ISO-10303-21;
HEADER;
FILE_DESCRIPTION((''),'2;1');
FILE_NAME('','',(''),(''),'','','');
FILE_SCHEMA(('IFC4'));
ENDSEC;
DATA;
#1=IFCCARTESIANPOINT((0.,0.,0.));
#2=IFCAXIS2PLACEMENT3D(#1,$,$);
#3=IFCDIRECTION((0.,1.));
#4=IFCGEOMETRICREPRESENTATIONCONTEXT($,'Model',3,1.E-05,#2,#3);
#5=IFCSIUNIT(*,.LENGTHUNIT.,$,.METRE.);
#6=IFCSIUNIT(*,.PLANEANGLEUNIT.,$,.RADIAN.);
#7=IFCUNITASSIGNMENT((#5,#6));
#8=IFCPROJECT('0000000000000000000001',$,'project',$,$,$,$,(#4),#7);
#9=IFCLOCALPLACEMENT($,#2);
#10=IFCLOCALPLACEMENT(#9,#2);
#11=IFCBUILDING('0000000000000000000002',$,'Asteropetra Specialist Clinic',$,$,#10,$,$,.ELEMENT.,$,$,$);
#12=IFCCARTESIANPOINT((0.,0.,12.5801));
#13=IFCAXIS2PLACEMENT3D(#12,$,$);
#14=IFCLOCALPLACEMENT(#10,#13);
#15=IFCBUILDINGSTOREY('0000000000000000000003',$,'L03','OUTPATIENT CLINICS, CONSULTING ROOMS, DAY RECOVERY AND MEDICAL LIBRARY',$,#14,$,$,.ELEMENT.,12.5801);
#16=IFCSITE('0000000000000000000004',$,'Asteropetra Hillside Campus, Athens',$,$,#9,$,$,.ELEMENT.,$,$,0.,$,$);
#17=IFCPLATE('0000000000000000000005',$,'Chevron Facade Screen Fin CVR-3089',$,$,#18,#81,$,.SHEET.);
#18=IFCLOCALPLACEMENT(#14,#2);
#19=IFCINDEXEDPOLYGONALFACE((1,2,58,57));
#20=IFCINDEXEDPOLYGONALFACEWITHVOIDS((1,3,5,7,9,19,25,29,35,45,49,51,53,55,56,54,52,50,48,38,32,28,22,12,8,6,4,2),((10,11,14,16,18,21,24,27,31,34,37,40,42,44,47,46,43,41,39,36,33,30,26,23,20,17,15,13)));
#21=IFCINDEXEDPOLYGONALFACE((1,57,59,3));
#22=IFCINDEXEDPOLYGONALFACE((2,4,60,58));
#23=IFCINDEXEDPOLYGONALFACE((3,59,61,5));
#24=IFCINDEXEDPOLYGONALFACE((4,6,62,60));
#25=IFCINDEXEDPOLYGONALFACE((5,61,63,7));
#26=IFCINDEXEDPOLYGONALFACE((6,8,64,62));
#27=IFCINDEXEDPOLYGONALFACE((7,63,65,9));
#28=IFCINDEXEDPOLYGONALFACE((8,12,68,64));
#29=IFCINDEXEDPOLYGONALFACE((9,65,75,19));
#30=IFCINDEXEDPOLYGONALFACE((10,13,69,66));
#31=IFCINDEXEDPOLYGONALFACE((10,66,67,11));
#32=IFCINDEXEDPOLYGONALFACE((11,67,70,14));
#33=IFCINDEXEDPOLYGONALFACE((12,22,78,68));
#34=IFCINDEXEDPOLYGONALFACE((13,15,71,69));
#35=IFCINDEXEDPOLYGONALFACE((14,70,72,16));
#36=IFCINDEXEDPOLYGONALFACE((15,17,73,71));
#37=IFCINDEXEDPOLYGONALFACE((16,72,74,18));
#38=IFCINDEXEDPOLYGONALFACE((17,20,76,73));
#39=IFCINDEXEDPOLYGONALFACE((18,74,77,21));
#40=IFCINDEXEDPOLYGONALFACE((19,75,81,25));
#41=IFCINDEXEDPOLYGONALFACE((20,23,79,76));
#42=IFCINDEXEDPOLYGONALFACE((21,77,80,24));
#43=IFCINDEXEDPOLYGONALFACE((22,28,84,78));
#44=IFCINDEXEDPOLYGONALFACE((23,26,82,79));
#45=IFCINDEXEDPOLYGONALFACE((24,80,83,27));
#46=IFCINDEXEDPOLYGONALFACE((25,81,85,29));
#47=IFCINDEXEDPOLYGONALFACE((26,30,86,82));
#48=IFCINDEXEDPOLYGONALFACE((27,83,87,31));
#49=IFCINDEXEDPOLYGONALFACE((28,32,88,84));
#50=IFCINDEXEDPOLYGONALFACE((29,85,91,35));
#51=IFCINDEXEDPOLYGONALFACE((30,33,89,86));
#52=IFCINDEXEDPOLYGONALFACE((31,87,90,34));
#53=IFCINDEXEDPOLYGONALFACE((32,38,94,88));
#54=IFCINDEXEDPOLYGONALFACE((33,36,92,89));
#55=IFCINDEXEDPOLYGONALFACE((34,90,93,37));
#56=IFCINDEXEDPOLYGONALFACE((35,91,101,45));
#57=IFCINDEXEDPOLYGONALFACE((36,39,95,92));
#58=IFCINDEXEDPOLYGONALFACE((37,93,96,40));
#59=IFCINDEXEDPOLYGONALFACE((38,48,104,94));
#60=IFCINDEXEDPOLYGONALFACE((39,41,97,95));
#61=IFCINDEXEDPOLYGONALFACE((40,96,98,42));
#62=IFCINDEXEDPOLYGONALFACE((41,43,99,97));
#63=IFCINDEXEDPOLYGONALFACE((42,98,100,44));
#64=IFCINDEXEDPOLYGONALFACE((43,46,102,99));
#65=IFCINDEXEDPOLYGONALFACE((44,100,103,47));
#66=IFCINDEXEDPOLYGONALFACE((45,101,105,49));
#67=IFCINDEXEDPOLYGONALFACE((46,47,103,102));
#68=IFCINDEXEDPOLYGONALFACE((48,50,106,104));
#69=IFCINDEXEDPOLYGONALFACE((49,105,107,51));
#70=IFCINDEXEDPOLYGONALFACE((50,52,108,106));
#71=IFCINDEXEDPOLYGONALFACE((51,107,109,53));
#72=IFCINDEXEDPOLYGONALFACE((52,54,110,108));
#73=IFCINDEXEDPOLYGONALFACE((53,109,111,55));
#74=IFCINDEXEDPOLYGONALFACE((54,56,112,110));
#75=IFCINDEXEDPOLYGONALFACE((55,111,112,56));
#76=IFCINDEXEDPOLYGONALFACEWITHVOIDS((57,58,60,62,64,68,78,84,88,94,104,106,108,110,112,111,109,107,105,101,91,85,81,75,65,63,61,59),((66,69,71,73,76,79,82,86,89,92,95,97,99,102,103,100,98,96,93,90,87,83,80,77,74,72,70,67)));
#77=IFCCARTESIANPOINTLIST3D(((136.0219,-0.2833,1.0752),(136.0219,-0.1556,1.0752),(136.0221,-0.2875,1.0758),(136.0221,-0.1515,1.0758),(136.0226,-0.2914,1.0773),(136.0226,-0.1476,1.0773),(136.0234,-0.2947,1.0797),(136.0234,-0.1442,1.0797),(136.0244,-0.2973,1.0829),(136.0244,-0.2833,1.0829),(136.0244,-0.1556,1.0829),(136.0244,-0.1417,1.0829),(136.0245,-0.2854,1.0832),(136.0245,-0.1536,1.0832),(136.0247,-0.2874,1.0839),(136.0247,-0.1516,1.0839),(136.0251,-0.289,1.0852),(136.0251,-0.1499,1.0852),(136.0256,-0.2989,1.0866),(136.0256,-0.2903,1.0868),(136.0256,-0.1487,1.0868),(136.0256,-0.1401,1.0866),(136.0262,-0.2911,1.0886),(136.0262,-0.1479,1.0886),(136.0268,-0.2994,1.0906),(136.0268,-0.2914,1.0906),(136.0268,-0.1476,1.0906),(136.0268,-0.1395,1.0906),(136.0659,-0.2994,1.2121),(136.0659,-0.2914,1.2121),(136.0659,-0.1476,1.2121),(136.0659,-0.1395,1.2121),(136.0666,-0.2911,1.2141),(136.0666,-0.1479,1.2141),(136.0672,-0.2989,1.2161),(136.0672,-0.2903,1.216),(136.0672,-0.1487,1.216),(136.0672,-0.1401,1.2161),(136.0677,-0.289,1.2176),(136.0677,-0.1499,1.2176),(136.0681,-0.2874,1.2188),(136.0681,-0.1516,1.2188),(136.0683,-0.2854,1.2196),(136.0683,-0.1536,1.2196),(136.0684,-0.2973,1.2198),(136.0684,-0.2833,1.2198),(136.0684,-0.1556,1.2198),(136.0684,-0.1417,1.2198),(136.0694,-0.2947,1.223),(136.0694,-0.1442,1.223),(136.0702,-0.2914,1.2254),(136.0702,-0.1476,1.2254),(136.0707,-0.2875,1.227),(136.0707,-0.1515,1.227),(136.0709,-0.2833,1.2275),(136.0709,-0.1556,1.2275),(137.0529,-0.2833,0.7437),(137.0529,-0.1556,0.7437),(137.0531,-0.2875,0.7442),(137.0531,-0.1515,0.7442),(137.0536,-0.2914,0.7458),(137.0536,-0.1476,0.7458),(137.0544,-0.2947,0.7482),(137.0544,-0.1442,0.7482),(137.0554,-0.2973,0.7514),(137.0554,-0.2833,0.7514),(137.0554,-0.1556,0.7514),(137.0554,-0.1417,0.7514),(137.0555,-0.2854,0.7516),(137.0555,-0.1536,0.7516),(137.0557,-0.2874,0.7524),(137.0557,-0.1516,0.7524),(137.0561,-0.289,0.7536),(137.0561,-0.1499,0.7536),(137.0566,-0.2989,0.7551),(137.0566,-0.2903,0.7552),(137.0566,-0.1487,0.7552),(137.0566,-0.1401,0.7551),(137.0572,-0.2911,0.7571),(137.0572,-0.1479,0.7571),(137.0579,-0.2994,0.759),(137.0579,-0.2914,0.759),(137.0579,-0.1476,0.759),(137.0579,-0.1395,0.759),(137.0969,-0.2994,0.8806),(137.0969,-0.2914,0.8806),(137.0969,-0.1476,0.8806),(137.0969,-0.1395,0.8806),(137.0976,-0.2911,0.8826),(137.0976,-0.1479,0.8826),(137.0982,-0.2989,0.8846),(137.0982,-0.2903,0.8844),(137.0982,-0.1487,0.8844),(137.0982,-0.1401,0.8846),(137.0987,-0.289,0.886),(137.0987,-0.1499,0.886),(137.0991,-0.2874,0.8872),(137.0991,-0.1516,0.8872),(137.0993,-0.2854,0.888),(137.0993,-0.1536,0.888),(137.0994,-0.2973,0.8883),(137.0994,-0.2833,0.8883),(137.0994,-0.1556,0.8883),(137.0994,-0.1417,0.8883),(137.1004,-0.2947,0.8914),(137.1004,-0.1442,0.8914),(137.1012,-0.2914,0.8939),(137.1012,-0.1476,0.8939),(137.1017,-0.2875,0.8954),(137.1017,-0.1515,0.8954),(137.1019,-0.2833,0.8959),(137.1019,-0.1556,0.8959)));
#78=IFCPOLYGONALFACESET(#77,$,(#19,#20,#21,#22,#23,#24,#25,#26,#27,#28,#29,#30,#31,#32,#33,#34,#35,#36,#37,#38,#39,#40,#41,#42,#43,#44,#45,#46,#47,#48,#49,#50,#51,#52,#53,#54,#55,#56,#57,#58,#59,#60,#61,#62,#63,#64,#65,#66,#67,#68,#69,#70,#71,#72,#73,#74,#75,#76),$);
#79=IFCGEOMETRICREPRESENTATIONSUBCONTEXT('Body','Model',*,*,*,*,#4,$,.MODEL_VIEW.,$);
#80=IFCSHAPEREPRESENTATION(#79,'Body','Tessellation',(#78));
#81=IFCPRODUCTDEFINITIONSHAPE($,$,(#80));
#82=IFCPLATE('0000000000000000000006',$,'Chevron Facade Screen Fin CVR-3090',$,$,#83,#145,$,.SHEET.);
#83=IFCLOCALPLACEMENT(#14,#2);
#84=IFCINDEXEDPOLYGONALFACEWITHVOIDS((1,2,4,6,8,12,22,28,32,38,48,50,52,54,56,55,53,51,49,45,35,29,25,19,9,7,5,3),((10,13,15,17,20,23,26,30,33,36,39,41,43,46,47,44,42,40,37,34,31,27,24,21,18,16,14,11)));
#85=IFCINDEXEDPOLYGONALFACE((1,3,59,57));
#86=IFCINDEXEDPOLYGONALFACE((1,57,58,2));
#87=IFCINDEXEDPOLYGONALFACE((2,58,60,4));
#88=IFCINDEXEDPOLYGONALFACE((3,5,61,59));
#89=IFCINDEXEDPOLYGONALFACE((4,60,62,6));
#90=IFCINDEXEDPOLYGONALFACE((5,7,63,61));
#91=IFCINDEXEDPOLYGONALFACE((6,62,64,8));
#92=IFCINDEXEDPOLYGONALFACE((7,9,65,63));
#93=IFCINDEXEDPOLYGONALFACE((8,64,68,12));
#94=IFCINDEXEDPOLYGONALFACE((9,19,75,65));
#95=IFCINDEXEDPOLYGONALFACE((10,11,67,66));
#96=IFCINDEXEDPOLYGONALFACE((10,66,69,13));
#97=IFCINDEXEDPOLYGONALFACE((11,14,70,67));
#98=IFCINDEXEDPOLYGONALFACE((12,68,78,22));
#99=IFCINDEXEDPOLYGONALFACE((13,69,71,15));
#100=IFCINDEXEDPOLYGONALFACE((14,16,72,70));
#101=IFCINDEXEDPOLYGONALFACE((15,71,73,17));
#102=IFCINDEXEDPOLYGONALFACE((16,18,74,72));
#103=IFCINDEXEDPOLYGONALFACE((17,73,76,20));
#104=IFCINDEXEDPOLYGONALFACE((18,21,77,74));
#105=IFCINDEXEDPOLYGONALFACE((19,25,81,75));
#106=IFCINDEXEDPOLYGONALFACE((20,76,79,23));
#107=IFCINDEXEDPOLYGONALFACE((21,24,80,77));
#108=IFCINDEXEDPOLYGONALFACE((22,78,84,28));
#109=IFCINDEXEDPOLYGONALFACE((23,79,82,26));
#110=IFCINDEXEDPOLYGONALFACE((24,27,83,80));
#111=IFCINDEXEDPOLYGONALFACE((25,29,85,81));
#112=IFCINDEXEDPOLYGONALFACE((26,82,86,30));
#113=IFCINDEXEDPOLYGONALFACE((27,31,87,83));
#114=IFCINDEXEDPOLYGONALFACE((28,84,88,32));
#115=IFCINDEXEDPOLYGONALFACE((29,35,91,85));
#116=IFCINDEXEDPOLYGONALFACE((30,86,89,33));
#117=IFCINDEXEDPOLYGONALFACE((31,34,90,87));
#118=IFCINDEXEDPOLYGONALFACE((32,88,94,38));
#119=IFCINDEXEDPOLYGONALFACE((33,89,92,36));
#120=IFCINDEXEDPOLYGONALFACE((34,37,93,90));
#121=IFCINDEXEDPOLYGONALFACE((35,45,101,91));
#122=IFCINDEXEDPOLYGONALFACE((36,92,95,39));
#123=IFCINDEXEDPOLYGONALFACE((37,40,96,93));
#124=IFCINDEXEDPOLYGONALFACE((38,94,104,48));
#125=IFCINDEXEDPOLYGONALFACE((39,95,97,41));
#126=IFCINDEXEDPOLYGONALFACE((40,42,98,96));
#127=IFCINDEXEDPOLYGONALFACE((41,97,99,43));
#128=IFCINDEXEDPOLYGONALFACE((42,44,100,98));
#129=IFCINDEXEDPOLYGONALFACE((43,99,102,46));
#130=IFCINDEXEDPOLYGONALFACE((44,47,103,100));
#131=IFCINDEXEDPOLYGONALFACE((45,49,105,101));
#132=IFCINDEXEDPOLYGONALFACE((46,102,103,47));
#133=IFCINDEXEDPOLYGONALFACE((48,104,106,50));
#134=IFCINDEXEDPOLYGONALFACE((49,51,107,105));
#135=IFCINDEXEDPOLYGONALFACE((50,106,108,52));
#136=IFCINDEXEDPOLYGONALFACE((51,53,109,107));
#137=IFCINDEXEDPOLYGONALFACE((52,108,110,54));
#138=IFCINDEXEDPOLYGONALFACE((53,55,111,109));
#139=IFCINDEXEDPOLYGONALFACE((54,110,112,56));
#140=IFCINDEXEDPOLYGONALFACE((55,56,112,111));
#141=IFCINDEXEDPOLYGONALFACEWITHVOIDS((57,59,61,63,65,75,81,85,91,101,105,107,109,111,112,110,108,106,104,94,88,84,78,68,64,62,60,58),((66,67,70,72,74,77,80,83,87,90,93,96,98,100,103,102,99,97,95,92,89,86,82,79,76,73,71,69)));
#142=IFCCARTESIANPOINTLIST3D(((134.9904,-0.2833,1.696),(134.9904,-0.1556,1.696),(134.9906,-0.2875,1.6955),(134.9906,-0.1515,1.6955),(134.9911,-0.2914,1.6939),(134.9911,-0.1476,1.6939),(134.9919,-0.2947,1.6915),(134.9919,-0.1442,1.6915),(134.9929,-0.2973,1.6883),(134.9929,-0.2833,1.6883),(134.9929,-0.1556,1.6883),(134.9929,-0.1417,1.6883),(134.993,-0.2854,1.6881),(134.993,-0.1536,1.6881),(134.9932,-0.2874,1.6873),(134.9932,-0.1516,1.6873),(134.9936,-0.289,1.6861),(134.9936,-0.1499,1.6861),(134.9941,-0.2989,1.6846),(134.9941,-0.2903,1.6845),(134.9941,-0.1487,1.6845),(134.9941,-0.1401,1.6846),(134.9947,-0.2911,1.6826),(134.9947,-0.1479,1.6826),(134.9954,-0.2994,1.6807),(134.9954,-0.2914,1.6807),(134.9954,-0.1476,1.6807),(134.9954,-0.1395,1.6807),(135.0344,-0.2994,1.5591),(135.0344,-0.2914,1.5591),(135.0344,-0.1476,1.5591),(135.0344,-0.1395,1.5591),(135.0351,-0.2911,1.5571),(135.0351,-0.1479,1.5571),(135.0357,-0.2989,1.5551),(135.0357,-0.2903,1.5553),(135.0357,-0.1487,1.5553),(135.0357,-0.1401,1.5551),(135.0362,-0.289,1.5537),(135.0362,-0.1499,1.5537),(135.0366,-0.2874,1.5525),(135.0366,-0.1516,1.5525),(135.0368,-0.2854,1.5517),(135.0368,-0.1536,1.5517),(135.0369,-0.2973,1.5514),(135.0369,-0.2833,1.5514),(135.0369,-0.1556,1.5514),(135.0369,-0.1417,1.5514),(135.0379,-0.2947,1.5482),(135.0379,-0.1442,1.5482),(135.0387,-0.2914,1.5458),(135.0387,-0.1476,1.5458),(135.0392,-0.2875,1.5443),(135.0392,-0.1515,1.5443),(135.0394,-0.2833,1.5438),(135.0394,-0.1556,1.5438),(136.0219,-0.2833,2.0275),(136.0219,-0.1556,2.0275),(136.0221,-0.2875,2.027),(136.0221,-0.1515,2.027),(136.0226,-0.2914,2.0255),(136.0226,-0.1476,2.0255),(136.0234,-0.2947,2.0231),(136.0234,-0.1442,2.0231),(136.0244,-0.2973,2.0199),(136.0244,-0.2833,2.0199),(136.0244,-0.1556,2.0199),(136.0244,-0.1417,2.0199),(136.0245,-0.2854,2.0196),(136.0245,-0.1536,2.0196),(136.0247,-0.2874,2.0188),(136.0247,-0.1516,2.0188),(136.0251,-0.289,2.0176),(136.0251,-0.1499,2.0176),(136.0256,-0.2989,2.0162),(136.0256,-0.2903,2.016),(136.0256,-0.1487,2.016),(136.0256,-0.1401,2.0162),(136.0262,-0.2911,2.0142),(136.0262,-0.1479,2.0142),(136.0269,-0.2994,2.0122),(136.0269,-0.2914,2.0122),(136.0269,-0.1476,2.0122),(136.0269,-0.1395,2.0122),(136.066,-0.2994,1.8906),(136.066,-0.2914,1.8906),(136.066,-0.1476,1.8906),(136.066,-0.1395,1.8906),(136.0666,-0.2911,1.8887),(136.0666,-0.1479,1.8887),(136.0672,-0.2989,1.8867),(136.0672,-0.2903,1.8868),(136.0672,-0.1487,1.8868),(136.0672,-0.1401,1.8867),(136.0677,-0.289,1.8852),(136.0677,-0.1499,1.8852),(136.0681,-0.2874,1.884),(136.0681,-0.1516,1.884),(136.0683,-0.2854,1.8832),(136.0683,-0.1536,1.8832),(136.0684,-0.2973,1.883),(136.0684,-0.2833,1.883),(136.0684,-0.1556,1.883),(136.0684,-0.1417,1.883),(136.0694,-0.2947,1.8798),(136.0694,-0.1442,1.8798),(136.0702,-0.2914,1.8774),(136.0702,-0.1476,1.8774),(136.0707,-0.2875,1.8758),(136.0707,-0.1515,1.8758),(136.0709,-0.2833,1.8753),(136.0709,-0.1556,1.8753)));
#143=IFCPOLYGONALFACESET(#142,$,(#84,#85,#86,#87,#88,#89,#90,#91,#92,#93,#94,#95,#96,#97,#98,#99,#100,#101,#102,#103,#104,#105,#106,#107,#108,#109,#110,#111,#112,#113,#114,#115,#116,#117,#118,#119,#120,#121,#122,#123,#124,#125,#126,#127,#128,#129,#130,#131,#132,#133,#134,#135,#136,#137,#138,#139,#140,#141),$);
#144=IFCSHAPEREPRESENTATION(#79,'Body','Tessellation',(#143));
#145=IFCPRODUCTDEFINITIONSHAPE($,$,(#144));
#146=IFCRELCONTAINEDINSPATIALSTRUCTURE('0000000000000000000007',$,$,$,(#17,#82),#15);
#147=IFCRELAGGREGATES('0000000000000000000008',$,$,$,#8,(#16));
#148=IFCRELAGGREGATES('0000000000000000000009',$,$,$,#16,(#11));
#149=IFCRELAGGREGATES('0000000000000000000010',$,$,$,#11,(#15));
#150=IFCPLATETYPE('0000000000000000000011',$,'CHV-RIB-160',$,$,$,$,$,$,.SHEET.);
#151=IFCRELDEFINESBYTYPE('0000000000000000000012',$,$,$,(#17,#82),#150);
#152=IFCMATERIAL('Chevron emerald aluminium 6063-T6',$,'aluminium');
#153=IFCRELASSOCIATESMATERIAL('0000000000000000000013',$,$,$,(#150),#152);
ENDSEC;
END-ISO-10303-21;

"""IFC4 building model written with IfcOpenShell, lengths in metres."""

from ifc_helpers import new_model, si_unit, direction, frame, origin, origin_2d, place, context, subcontext, project, spatial, hollow_rectangle, extrude, material, material_profile, profile_set, type_object, element, save


model = new_model("IFC4")

# Units and contexts
model_context = context("Model", 3, precision=1e-05, world=origin(), true_north=direction((0.0, 1.0)))
body_context = subcontext(model_context, "Body", "Model", "MODEL_VIEW")
ifc_project = project(units=[si_unit("LENGTHUNIT", "METRE"), si_unit("PLANEANGLEUNIT", "RADIAN")], contexts=[model_context])

# Site, building, storey
site_placement = place(None, origin())
site = spatial("IfcSite", under=ifc_project, at=site_placement, Name="Asteropetra Hillside Campus, Athens", CompositionType="ELEMENT", RefElevation=0.0)
building_placement = place(site_placement, origin())
building = spatial("IfcBuilding", under=site, at=building_placement, Name="Asteropetra Specialist Clinic", CompositionType="ELEMENT")
storey_placement = place(building_placement, frame((0.0, 0.0, 12.5801)))
storey = spatial("IfcBuildingStorey", under=building, at=storey_placement, Name="L03", Description="OUTPATIENT CLINICS, CONSULTING ROOMS, DAY RECOVERY AND MEDICAL LIBRARY", CompositionType="ELEMENT", Elevation=12.5801)

# Plates
ifc_material_1 = material(Name="Chevron emerald aluminium 6063-T6", Category="aluminium")
ifc_material_profile_1 = material_profile(ifc_material_1, hollow_rectangle(XDim=0.1599, YDim=0.1599, WallThickness=0.0081, InnerFilletRadius=0.0081, OuterFilletRadius=0.0161, at=origin_2d()), Name="SHS 160x160x8.0")
ifc_profile_set_1 = profile_set([ifc_material_profile_1], Name="Chevron emerald aluminium 6063-T6")
plate_type_1 = type_object("IfcPlateType", Name="CHV-RIB-160", PredefinedType="SHEET", material=ifc_profile_set_1)
plate_1_placement = place(storey_placement, frame((136.0464, -0.2195, 1.1514), z_axis=(0.951989, 0.0, -0.306133), x_axis=(0.0, 1.0, 0.0)))
element("IfcPlate", 1, at=plate_1_placement, inside=storey, type_object=plate_type_1, Name="Chevron Facade Screen Fin CVR-3089", PredefinedType="SHEET", context=body_context, shape_type="SweptSolid", body=[
    extrude(hollow_rectangle(XDim=0.1599, YDim=0.1599, WallThickness=0.0081, InnerFilletRadius=0.0081, OuterFilletRadius=0.0161, at=origin_2d()), origin(), (0.0, 0.0, 1.0), 1.083),
])
plate_2_placement = place(storey_placement, frame((135.0149, -0.2195, 1.6199), z_axis=(0.952031, 0.0, 0.306002), x_axis=(0.0, 1.0, 0.0)))
element("IfcPlate", 2, at=plate_2_placement, inside=storey, type_object=plate_type_1, Name="Chevron Facade Screen Fin CVR-3090", PredefinedType="SHEET", context=body_context, shape_type="SweptSolid", body=[
    extrude(hollow_rectangle(XDim=0.1599, YDim=0.1599, WallThickness=0.0081, InnerFilletRadius=0.0081, OuterFilletRadius=0.0161, at=origin_2d()), origin(), (0.0, 0.0, 1.0), 1.0835),
])

save(model, "model.ifc")
